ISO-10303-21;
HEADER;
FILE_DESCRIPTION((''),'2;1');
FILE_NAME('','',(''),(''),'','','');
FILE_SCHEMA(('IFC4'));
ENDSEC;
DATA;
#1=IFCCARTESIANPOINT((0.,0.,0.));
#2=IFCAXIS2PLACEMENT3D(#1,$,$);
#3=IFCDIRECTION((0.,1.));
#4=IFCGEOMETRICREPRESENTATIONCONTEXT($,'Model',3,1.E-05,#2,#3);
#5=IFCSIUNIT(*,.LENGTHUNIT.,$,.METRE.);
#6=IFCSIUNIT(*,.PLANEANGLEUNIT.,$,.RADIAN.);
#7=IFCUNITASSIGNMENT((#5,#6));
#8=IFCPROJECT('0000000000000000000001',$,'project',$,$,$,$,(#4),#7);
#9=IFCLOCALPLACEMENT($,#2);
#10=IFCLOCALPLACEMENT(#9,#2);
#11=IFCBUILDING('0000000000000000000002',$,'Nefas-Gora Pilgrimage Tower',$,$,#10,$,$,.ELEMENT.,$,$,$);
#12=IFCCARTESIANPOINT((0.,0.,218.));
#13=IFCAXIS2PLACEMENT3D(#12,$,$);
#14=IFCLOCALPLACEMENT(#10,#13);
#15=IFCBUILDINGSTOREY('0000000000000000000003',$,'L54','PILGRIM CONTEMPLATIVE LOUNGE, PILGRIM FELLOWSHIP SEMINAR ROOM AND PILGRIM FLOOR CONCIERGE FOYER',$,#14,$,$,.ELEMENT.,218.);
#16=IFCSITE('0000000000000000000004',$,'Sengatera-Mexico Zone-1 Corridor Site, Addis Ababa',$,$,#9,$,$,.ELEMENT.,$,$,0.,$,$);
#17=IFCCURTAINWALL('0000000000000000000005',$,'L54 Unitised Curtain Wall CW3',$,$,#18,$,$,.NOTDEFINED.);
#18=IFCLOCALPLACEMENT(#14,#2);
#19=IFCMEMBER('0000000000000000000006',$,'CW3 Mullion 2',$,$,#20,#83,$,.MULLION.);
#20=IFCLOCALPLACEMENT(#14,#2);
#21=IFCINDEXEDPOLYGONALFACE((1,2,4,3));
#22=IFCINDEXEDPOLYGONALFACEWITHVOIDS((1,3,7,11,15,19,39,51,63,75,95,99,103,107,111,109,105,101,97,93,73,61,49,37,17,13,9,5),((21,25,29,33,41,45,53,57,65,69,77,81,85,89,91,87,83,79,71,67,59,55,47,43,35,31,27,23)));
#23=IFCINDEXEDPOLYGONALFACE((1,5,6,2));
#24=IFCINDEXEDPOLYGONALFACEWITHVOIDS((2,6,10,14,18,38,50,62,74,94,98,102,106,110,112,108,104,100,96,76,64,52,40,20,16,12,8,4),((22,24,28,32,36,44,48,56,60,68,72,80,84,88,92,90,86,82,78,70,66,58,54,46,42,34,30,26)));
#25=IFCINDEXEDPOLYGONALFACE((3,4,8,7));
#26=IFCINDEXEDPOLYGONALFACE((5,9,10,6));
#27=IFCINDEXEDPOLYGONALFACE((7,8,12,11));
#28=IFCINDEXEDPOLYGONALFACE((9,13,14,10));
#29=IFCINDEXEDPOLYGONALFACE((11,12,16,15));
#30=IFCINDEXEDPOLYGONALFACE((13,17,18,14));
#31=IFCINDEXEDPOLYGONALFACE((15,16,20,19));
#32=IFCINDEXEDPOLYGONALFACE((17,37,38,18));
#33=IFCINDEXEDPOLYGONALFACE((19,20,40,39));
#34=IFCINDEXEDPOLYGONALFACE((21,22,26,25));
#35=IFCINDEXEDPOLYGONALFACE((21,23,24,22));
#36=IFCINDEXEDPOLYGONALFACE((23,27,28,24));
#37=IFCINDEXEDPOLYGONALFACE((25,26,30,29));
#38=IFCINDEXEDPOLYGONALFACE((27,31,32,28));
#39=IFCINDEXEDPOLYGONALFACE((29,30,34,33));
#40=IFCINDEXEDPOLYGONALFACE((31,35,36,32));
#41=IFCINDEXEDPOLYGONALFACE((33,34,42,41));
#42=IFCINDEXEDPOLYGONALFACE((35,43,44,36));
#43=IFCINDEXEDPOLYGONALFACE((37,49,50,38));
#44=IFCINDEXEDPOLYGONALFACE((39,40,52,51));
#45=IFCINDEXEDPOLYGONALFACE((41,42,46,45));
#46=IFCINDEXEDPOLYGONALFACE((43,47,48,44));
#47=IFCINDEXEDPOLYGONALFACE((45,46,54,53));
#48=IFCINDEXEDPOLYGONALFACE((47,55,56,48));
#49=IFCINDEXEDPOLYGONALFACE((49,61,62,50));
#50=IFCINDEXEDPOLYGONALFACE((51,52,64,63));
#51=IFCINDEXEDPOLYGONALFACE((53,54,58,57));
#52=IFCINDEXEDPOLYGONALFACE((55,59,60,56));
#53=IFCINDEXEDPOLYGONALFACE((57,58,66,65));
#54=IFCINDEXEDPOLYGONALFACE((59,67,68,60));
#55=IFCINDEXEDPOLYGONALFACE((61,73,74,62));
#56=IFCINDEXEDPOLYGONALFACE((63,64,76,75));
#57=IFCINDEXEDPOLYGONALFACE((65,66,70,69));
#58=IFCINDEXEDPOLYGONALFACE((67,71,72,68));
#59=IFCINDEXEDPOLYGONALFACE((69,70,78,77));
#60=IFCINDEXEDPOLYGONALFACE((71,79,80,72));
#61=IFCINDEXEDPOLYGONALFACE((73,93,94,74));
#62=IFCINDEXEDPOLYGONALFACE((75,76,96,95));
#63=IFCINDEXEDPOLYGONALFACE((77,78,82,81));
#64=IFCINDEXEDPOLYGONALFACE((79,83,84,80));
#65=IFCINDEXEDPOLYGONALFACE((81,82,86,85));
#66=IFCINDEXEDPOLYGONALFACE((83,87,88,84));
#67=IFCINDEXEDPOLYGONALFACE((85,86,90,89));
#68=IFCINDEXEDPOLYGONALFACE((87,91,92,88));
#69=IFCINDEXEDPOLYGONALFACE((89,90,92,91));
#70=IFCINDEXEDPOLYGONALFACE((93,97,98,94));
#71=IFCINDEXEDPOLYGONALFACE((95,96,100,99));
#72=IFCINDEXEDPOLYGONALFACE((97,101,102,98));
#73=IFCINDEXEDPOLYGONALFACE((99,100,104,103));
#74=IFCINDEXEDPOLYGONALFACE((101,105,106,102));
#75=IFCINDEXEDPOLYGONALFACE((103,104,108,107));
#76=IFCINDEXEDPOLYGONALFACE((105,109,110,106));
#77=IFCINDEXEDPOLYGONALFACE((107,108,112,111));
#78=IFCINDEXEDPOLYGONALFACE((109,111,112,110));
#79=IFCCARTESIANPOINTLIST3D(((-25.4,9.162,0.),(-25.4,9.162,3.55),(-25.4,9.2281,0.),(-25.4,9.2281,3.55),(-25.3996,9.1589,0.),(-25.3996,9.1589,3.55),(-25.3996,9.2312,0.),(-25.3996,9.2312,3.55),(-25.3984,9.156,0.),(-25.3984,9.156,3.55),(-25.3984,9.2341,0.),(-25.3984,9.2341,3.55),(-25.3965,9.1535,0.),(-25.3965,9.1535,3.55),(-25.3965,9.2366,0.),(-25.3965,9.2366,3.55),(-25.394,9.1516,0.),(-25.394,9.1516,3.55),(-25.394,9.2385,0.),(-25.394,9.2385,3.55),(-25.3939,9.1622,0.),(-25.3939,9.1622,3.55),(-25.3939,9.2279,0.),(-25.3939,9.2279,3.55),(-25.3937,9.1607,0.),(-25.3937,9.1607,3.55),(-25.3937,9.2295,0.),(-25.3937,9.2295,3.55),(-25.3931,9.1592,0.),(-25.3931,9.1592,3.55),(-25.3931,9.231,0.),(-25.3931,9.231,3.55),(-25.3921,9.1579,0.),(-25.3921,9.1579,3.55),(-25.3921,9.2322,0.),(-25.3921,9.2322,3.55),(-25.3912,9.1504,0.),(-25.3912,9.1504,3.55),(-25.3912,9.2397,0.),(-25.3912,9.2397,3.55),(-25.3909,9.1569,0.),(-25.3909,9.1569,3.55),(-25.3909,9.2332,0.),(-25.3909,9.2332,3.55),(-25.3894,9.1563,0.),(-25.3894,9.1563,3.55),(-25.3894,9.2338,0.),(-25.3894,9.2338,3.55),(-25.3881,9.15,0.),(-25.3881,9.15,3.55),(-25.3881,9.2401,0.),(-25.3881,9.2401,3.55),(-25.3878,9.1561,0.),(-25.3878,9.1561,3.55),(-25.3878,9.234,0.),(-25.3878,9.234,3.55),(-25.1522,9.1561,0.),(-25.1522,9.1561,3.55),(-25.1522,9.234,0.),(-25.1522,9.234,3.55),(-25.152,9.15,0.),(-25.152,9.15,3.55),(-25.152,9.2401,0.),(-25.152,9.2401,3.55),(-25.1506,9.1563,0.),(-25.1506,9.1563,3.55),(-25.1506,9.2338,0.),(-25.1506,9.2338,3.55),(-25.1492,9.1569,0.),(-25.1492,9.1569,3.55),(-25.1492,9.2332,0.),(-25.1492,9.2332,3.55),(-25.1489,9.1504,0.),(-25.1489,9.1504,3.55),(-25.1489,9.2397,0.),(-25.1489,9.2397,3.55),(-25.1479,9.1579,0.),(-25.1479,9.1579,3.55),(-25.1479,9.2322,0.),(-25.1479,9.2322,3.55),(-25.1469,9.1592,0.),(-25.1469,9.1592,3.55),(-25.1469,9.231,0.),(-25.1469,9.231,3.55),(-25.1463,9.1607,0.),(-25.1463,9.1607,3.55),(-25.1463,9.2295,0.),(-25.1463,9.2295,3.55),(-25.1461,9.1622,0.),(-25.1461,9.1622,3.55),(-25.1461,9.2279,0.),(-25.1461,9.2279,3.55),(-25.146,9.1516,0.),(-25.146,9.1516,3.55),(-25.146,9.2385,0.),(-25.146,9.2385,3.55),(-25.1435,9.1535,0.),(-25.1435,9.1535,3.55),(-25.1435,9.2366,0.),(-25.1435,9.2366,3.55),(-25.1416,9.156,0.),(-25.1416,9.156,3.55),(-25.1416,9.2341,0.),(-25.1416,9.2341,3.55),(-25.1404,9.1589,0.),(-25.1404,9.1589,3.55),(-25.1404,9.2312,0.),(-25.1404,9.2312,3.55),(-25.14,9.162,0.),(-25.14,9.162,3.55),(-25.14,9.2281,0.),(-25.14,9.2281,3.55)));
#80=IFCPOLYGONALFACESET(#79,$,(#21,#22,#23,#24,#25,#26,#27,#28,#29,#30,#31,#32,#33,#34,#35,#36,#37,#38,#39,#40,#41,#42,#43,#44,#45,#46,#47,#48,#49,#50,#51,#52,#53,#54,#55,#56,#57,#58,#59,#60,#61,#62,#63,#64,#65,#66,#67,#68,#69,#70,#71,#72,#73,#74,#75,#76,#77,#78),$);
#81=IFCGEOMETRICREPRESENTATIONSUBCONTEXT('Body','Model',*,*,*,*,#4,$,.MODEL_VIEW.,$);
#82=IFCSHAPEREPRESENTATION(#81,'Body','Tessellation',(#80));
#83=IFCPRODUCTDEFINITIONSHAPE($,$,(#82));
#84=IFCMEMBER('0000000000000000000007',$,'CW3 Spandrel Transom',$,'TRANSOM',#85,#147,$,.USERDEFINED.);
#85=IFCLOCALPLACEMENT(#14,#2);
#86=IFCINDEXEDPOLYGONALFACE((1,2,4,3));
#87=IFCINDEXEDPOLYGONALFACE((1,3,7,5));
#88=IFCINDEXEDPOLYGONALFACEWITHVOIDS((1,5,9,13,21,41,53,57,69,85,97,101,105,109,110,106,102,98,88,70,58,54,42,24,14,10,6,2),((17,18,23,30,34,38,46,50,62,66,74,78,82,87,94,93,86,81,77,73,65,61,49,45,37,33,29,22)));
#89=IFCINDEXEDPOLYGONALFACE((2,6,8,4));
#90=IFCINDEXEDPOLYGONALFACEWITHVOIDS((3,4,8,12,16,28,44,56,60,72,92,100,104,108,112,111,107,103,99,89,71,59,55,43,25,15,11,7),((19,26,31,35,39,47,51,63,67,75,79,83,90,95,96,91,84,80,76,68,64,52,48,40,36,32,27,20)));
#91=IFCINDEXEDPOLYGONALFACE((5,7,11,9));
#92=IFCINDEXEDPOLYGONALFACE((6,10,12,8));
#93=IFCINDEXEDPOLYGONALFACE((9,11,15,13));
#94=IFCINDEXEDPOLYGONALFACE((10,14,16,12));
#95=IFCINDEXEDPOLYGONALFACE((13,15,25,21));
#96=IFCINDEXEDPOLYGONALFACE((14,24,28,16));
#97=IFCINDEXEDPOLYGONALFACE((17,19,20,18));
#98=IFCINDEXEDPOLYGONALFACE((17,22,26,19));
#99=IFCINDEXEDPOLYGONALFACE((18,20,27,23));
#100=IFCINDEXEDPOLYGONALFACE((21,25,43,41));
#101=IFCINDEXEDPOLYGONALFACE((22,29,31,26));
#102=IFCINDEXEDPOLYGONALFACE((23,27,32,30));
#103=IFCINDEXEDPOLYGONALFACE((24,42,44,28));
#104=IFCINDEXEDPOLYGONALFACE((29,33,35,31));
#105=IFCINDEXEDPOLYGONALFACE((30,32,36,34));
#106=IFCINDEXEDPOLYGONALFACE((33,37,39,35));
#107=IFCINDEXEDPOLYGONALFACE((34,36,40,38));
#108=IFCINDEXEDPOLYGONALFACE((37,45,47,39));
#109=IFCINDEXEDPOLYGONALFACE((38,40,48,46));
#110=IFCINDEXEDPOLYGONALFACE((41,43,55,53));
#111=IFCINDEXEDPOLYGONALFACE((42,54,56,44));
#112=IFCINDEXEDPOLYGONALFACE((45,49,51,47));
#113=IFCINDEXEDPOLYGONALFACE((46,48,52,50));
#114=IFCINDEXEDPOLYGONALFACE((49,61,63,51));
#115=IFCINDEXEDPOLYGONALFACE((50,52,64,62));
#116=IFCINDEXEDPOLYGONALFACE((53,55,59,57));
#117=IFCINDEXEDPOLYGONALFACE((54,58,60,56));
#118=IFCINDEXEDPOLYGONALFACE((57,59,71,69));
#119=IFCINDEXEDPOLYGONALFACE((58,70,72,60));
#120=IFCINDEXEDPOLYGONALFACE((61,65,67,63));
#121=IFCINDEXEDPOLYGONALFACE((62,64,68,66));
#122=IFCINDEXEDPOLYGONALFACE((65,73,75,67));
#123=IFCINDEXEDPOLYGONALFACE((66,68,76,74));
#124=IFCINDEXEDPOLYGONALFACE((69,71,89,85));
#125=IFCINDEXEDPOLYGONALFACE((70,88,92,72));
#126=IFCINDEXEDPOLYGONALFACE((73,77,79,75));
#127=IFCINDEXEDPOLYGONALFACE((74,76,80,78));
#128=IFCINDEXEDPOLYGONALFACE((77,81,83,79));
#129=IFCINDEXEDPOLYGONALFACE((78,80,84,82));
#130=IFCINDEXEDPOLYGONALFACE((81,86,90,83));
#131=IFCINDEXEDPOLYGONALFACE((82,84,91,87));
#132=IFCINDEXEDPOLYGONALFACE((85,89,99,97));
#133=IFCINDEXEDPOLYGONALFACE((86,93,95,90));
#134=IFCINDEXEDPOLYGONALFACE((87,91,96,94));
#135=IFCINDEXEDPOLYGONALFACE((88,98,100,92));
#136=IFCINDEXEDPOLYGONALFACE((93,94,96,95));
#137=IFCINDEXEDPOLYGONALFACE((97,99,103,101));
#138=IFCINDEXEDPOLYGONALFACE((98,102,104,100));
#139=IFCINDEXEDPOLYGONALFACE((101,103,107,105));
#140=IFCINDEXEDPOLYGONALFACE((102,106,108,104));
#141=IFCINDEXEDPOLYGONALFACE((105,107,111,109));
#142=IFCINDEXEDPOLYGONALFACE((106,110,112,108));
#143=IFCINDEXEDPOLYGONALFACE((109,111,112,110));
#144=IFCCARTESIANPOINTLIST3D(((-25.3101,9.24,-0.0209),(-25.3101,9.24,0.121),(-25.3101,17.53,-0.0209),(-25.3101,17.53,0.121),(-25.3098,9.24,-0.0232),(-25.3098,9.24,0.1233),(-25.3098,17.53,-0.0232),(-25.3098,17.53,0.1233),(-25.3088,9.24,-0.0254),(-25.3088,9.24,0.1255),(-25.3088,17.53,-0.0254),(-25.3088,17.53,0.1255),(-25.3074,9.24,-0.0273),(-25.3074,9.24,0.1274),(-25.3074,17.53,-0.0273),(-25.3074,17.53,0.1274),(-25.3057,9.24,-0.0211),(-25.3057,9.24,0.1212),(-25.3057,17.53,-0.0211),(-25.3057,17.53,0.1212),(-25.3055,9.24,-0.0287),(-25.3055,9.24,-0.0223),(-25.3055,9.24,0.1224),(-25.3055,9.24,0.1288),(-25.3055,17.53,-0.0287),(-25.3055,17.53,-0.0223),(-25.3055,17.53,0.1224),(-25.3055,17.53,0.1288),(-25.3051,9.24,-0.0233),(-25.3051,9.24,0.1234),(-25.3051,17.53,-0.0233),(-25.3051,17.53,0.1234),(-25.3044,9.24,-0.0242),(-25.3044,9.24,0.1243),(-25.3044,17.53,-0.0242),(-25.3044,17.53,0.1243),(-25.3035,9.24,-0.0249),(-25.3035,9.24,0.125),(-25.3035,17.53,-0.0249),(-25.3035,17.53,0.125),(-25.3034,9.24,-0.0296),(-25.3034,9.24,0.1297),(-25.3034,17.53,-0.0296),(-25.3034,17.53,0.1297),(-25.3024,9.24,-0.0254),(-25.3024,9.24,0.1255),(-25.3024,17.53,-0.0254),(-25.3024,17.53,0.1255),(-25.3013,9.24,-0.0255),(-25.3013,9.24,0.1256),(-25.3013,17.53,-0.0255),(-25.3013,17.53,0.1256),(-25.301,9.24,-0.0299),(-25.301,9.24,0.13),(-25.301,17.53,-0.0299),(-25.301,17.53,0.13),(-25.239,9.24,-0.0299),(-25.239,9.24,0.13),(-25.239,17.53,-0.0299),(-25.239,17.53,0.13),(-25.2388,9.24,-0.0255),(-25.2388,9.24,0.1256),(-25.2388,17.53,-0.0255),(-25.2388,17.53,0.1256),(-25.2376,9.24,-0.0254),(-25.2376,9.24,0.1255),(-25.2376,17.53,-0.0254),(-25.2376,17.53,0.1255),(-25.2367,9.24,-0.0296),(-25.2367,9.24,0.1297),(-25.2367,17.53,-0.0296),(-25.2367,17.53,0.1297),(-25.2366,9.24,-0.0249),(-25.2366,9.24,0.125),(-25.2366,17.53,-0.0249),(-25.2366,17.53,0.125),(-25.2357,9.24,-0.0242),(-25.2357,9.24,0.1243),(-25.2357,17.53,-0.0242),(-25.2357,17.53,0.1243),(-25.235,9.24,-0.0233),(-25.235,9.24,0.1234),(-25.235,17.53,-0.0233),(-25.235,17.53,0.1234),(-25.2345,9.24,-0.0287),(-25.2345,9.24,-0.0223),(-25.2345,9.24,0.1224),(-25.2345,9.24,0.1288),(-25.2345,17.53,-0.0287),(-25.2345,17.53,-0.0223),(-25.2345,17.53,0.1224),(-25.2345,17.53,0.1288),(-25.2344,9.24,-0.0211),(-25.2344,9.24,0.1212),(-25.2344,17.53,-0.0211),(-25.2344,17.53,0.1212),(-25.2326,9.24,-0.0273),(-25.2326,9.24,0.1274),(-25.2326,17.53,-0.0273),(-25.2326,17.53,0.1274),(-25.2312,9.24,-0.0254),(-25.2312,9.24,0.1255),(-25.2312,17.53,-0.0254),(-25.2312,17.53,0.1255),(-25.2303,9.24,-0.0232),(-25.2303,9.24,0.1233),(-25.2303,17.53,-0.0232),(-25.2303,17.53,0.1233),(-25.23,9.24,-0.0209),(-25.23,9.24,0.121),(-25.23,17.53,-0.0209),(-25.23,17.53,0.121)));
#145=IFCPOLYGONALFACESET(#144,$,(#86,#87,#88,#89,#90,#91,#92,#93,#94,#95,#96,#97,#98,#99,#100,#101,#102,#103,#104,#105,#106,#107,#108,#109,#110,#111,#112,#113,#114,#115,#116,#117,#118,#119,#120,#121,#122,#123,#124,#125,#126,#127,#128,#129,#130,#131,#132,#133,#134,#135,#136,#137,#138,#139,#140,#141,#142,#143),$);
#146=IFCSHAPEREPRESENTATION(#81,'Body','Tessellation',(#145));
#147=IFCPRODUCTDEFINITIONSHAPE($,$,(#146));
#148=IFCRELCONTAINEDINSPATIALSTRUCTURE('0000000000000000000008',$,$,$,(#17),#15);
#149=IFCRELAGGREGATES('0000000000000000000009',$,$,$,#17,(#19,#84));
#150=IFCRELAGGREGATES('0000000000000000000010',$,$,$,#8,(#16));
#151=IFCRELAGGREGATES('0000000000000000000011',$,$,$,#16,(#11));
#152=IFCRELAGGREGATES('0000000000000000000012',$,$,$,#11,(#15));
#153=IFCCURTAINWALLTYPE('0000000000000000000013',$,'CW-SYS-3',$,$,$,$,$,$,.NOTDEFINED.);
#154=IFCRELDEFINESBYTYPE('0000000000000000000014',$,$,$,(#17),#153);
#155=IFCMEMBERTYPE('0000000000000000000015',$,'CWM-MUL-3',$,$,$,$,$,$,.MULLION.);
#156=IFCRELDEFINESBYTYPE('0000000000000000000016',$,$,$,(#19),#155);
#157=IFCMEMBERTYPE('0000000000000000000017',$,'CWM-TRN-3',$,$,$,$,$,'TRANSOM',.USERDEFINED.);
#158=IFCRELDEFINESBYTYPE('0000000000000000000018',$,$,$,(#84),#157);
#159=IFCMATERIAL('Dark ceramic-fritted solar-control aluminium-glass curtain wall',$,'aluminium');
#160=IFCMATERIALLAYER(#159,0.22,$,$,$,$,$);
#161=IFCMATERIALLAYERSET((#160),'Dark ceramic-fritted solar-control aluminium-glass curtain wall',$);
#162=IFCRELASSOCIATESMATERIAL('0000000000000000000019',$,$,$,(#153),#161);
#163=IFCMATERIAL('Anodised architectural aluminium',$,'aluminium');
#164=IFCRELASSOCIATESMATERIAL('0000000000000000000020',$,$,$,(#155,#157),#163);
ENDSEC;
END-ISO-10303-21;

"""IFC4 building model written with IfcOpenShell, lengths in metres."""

from ifc_helpers import new_model, si_unit, direction, frame, origin, origin_2d, place, context, subcontext, project, spatial, hollow_rectangle, extrude, source, transform, mapped, material, layer, layer_set, material_profile, profile_set, type_object, element, aggregate, save


model = new_model("IFC4")

# Units and contexts
model_context = context("Model", 3, precision=1e-05, world=origin(), true_north=direction((0.0, 1.0)))
body_context = subcontext(model_context, "Body", "Model", "MODEL_VIEW")
ifc_project = project(units=[si_unit("LENGTHUNIT", "METRE"), si_unit("PLANEANGLEUNIT", "RADIAN")], contexts=[model_context])

# Site, building, storey
site_placement = place(None, origin())
site = spatial("IfcSite", under=ifc_project, at=site_placement, Name="Sengatera-Mexico Zone-1 Corridor Site, Addis Ababa", CompositionType="ELEMENT", RefElevation=0.0)
building_placement = place(site_placement, origin())
building = spatial("IfcBuilding", under=site, at=building_placement, Name="Nefas-Gora Pilgrimage Tower", CompositionType="ELEMENT")
storey_placement = place(building_placement, frame((0.0, 0.0, 218.0)))
storey = spatial("IfcBuildingStorey", under=building, at=storey_placement, Name="L54", Description="PILGRIM CONTEMPLATIVE LOUNGE, PILGRIM FELLOWSHIP SEMINAR ROOM AND PILGRIM FLOOR CONCIERGE FOYER", CompositionType="ELEMENT", Elevation=218.0)

# Shared definitions
ifc_material_1 = material(Name="Dark ceramic-fritted solar-control aluminium-glass curtain wall", Category="aluminium")
ifc_material_2 = material(Name="Anodised architectural aluminium", Category="aluminium")

# Curtain wall, members
ifc_layer_1 = layer(ifc_material_1, 0.22)
ifc_layer_set_1 = layer_set([ifc_layer_1], Name="Dark ceramic-fritted solar-control aluminium-glass curtain wall")
curtain_wall_type_1 = type_object("IfcCurtainWallType", Name="CW-SYS-3", PredefinedType="NOTDEFINED", material=ifc_layer_set_1)
ifc_material_profile_1 = material_profile(ifc_material_2, hollow_rectangle(XDim=0.0901, YDim=0.26, WallThickness=0.0061, InnerFilletRadius=0.0061, OuterFilletRadius=0.012, at=origin_2d()), Name="ALU MULLION 90x260")
ifc_profile_set_1 = profile_set([ifc_material_profile_1], Name="Anodised architectural aluminium")
member_type_1 = type_object("IfcMemberType", Name="CWM-MUL-3", PredefinedType="MULLION", material=ifc_profile_set_1)
shared_shape_1 = source(origin(), body_context, "Body", "SweptSolid", [
    extrude(hollow_rectangle(XDim=0.0901, YDim=0.26, WallThickness=0.0061, InnerFilletRadius=0.0061, OuterFilletRadius=0.012, at=origin_2d()), origin(), (0.0, 0.0, 1.0), 3.55),
])
curtain_wall_1_placement = place(storey_placement, origin())
curtain_wall_1 = element("IfcCurtainWall", 1, at=curtain_wall_1_placement, inside=storey, type_object=curtain_wall_type_1, Name="L54 Unitised Curtain Wall CW3", PredefinedType="NOTDEFINED")
member_1_placement = place(storey_placement, frame((-25.27, 9.1951, 0.0), z_axis=(0.0, 0.0, 1.0), x_axis=(0.0, -1.0, 0.0)))
member_1 = element("IfcMember", 2, at=member_1_placement, type_object=member_type_1, Name="CW3 Mullion 2", PredefinedType="MULLION", context=body_context, shape_type="MappedRepresentation", body=[
    mapped(shared_shape_1, transform((0.0, 0.0, 0.0), x_axis=(1.0, 0.0, 0.0), y_axis=(0.0, 1.0, 0.0), z_axis=(0.0, 0.0, 1.0), scale=1.0)),
])
ifc_material_profile_2 = material_profile(ifc_material_2, hollow_rectangle(XDim=0.0801, YDim=0.1599, WallThickness=0.0044, InnerFilletRadius=0.0044, OuterFilletRadius=0.009, at=origin_2d()), Name="ALU TRANSOM 80x160")
ifc_profile_set_2 = profile_set([ifc_material_profile_2], Name="Anodised architectural aluminium")
member_type_2 = type_object("IfcMemberType", Name="CWM-TRN-3", ElementType="TRANSOM", PredefinedType="USERDEFINED", material=ifc_profile_set_2)
shared_shape_2 = source(origin(), body_context, "Body", "SweptSolid", [
    extrude(hollow_rectangle(XDim=0.0801, YDim=0.1599, WallThickness=0.0044, InnerFilletRadius=0.0044, OuterFilletRadius=0.009, at=origin_2d()), origin(), (0.0, 0.0, 1.0), 8.29),
])
member_2_placement = place(storey_placement, frame((-25.27, 17.53, 0.05), z_axis=(0.0, -1.0, 0.0), x_axis=(1.0, 0.0, 0.0)))
member_2 = element("IfcMember", 3, at=member_2_placement, type_object=member_type_2, Name="CW3 Spandrel Transom", ObjectType="TRANSOM", PredefinedType="USERDEFINED", context=body_context, shape_type="MappedRepresentation", body=[
    mapped(shared_shape_2, transform((0.0, 0.0, 0.0), x_axis=(1.0, 0.0, 0.0), y_axis=(0.0, 1.0, 0.0), z_axis=(0.0, 0.0, 1.0), scale=1.0)),
])

aggregate(curtain_wall_1, [member_1, member_2])

save(model, "model.ifc")
